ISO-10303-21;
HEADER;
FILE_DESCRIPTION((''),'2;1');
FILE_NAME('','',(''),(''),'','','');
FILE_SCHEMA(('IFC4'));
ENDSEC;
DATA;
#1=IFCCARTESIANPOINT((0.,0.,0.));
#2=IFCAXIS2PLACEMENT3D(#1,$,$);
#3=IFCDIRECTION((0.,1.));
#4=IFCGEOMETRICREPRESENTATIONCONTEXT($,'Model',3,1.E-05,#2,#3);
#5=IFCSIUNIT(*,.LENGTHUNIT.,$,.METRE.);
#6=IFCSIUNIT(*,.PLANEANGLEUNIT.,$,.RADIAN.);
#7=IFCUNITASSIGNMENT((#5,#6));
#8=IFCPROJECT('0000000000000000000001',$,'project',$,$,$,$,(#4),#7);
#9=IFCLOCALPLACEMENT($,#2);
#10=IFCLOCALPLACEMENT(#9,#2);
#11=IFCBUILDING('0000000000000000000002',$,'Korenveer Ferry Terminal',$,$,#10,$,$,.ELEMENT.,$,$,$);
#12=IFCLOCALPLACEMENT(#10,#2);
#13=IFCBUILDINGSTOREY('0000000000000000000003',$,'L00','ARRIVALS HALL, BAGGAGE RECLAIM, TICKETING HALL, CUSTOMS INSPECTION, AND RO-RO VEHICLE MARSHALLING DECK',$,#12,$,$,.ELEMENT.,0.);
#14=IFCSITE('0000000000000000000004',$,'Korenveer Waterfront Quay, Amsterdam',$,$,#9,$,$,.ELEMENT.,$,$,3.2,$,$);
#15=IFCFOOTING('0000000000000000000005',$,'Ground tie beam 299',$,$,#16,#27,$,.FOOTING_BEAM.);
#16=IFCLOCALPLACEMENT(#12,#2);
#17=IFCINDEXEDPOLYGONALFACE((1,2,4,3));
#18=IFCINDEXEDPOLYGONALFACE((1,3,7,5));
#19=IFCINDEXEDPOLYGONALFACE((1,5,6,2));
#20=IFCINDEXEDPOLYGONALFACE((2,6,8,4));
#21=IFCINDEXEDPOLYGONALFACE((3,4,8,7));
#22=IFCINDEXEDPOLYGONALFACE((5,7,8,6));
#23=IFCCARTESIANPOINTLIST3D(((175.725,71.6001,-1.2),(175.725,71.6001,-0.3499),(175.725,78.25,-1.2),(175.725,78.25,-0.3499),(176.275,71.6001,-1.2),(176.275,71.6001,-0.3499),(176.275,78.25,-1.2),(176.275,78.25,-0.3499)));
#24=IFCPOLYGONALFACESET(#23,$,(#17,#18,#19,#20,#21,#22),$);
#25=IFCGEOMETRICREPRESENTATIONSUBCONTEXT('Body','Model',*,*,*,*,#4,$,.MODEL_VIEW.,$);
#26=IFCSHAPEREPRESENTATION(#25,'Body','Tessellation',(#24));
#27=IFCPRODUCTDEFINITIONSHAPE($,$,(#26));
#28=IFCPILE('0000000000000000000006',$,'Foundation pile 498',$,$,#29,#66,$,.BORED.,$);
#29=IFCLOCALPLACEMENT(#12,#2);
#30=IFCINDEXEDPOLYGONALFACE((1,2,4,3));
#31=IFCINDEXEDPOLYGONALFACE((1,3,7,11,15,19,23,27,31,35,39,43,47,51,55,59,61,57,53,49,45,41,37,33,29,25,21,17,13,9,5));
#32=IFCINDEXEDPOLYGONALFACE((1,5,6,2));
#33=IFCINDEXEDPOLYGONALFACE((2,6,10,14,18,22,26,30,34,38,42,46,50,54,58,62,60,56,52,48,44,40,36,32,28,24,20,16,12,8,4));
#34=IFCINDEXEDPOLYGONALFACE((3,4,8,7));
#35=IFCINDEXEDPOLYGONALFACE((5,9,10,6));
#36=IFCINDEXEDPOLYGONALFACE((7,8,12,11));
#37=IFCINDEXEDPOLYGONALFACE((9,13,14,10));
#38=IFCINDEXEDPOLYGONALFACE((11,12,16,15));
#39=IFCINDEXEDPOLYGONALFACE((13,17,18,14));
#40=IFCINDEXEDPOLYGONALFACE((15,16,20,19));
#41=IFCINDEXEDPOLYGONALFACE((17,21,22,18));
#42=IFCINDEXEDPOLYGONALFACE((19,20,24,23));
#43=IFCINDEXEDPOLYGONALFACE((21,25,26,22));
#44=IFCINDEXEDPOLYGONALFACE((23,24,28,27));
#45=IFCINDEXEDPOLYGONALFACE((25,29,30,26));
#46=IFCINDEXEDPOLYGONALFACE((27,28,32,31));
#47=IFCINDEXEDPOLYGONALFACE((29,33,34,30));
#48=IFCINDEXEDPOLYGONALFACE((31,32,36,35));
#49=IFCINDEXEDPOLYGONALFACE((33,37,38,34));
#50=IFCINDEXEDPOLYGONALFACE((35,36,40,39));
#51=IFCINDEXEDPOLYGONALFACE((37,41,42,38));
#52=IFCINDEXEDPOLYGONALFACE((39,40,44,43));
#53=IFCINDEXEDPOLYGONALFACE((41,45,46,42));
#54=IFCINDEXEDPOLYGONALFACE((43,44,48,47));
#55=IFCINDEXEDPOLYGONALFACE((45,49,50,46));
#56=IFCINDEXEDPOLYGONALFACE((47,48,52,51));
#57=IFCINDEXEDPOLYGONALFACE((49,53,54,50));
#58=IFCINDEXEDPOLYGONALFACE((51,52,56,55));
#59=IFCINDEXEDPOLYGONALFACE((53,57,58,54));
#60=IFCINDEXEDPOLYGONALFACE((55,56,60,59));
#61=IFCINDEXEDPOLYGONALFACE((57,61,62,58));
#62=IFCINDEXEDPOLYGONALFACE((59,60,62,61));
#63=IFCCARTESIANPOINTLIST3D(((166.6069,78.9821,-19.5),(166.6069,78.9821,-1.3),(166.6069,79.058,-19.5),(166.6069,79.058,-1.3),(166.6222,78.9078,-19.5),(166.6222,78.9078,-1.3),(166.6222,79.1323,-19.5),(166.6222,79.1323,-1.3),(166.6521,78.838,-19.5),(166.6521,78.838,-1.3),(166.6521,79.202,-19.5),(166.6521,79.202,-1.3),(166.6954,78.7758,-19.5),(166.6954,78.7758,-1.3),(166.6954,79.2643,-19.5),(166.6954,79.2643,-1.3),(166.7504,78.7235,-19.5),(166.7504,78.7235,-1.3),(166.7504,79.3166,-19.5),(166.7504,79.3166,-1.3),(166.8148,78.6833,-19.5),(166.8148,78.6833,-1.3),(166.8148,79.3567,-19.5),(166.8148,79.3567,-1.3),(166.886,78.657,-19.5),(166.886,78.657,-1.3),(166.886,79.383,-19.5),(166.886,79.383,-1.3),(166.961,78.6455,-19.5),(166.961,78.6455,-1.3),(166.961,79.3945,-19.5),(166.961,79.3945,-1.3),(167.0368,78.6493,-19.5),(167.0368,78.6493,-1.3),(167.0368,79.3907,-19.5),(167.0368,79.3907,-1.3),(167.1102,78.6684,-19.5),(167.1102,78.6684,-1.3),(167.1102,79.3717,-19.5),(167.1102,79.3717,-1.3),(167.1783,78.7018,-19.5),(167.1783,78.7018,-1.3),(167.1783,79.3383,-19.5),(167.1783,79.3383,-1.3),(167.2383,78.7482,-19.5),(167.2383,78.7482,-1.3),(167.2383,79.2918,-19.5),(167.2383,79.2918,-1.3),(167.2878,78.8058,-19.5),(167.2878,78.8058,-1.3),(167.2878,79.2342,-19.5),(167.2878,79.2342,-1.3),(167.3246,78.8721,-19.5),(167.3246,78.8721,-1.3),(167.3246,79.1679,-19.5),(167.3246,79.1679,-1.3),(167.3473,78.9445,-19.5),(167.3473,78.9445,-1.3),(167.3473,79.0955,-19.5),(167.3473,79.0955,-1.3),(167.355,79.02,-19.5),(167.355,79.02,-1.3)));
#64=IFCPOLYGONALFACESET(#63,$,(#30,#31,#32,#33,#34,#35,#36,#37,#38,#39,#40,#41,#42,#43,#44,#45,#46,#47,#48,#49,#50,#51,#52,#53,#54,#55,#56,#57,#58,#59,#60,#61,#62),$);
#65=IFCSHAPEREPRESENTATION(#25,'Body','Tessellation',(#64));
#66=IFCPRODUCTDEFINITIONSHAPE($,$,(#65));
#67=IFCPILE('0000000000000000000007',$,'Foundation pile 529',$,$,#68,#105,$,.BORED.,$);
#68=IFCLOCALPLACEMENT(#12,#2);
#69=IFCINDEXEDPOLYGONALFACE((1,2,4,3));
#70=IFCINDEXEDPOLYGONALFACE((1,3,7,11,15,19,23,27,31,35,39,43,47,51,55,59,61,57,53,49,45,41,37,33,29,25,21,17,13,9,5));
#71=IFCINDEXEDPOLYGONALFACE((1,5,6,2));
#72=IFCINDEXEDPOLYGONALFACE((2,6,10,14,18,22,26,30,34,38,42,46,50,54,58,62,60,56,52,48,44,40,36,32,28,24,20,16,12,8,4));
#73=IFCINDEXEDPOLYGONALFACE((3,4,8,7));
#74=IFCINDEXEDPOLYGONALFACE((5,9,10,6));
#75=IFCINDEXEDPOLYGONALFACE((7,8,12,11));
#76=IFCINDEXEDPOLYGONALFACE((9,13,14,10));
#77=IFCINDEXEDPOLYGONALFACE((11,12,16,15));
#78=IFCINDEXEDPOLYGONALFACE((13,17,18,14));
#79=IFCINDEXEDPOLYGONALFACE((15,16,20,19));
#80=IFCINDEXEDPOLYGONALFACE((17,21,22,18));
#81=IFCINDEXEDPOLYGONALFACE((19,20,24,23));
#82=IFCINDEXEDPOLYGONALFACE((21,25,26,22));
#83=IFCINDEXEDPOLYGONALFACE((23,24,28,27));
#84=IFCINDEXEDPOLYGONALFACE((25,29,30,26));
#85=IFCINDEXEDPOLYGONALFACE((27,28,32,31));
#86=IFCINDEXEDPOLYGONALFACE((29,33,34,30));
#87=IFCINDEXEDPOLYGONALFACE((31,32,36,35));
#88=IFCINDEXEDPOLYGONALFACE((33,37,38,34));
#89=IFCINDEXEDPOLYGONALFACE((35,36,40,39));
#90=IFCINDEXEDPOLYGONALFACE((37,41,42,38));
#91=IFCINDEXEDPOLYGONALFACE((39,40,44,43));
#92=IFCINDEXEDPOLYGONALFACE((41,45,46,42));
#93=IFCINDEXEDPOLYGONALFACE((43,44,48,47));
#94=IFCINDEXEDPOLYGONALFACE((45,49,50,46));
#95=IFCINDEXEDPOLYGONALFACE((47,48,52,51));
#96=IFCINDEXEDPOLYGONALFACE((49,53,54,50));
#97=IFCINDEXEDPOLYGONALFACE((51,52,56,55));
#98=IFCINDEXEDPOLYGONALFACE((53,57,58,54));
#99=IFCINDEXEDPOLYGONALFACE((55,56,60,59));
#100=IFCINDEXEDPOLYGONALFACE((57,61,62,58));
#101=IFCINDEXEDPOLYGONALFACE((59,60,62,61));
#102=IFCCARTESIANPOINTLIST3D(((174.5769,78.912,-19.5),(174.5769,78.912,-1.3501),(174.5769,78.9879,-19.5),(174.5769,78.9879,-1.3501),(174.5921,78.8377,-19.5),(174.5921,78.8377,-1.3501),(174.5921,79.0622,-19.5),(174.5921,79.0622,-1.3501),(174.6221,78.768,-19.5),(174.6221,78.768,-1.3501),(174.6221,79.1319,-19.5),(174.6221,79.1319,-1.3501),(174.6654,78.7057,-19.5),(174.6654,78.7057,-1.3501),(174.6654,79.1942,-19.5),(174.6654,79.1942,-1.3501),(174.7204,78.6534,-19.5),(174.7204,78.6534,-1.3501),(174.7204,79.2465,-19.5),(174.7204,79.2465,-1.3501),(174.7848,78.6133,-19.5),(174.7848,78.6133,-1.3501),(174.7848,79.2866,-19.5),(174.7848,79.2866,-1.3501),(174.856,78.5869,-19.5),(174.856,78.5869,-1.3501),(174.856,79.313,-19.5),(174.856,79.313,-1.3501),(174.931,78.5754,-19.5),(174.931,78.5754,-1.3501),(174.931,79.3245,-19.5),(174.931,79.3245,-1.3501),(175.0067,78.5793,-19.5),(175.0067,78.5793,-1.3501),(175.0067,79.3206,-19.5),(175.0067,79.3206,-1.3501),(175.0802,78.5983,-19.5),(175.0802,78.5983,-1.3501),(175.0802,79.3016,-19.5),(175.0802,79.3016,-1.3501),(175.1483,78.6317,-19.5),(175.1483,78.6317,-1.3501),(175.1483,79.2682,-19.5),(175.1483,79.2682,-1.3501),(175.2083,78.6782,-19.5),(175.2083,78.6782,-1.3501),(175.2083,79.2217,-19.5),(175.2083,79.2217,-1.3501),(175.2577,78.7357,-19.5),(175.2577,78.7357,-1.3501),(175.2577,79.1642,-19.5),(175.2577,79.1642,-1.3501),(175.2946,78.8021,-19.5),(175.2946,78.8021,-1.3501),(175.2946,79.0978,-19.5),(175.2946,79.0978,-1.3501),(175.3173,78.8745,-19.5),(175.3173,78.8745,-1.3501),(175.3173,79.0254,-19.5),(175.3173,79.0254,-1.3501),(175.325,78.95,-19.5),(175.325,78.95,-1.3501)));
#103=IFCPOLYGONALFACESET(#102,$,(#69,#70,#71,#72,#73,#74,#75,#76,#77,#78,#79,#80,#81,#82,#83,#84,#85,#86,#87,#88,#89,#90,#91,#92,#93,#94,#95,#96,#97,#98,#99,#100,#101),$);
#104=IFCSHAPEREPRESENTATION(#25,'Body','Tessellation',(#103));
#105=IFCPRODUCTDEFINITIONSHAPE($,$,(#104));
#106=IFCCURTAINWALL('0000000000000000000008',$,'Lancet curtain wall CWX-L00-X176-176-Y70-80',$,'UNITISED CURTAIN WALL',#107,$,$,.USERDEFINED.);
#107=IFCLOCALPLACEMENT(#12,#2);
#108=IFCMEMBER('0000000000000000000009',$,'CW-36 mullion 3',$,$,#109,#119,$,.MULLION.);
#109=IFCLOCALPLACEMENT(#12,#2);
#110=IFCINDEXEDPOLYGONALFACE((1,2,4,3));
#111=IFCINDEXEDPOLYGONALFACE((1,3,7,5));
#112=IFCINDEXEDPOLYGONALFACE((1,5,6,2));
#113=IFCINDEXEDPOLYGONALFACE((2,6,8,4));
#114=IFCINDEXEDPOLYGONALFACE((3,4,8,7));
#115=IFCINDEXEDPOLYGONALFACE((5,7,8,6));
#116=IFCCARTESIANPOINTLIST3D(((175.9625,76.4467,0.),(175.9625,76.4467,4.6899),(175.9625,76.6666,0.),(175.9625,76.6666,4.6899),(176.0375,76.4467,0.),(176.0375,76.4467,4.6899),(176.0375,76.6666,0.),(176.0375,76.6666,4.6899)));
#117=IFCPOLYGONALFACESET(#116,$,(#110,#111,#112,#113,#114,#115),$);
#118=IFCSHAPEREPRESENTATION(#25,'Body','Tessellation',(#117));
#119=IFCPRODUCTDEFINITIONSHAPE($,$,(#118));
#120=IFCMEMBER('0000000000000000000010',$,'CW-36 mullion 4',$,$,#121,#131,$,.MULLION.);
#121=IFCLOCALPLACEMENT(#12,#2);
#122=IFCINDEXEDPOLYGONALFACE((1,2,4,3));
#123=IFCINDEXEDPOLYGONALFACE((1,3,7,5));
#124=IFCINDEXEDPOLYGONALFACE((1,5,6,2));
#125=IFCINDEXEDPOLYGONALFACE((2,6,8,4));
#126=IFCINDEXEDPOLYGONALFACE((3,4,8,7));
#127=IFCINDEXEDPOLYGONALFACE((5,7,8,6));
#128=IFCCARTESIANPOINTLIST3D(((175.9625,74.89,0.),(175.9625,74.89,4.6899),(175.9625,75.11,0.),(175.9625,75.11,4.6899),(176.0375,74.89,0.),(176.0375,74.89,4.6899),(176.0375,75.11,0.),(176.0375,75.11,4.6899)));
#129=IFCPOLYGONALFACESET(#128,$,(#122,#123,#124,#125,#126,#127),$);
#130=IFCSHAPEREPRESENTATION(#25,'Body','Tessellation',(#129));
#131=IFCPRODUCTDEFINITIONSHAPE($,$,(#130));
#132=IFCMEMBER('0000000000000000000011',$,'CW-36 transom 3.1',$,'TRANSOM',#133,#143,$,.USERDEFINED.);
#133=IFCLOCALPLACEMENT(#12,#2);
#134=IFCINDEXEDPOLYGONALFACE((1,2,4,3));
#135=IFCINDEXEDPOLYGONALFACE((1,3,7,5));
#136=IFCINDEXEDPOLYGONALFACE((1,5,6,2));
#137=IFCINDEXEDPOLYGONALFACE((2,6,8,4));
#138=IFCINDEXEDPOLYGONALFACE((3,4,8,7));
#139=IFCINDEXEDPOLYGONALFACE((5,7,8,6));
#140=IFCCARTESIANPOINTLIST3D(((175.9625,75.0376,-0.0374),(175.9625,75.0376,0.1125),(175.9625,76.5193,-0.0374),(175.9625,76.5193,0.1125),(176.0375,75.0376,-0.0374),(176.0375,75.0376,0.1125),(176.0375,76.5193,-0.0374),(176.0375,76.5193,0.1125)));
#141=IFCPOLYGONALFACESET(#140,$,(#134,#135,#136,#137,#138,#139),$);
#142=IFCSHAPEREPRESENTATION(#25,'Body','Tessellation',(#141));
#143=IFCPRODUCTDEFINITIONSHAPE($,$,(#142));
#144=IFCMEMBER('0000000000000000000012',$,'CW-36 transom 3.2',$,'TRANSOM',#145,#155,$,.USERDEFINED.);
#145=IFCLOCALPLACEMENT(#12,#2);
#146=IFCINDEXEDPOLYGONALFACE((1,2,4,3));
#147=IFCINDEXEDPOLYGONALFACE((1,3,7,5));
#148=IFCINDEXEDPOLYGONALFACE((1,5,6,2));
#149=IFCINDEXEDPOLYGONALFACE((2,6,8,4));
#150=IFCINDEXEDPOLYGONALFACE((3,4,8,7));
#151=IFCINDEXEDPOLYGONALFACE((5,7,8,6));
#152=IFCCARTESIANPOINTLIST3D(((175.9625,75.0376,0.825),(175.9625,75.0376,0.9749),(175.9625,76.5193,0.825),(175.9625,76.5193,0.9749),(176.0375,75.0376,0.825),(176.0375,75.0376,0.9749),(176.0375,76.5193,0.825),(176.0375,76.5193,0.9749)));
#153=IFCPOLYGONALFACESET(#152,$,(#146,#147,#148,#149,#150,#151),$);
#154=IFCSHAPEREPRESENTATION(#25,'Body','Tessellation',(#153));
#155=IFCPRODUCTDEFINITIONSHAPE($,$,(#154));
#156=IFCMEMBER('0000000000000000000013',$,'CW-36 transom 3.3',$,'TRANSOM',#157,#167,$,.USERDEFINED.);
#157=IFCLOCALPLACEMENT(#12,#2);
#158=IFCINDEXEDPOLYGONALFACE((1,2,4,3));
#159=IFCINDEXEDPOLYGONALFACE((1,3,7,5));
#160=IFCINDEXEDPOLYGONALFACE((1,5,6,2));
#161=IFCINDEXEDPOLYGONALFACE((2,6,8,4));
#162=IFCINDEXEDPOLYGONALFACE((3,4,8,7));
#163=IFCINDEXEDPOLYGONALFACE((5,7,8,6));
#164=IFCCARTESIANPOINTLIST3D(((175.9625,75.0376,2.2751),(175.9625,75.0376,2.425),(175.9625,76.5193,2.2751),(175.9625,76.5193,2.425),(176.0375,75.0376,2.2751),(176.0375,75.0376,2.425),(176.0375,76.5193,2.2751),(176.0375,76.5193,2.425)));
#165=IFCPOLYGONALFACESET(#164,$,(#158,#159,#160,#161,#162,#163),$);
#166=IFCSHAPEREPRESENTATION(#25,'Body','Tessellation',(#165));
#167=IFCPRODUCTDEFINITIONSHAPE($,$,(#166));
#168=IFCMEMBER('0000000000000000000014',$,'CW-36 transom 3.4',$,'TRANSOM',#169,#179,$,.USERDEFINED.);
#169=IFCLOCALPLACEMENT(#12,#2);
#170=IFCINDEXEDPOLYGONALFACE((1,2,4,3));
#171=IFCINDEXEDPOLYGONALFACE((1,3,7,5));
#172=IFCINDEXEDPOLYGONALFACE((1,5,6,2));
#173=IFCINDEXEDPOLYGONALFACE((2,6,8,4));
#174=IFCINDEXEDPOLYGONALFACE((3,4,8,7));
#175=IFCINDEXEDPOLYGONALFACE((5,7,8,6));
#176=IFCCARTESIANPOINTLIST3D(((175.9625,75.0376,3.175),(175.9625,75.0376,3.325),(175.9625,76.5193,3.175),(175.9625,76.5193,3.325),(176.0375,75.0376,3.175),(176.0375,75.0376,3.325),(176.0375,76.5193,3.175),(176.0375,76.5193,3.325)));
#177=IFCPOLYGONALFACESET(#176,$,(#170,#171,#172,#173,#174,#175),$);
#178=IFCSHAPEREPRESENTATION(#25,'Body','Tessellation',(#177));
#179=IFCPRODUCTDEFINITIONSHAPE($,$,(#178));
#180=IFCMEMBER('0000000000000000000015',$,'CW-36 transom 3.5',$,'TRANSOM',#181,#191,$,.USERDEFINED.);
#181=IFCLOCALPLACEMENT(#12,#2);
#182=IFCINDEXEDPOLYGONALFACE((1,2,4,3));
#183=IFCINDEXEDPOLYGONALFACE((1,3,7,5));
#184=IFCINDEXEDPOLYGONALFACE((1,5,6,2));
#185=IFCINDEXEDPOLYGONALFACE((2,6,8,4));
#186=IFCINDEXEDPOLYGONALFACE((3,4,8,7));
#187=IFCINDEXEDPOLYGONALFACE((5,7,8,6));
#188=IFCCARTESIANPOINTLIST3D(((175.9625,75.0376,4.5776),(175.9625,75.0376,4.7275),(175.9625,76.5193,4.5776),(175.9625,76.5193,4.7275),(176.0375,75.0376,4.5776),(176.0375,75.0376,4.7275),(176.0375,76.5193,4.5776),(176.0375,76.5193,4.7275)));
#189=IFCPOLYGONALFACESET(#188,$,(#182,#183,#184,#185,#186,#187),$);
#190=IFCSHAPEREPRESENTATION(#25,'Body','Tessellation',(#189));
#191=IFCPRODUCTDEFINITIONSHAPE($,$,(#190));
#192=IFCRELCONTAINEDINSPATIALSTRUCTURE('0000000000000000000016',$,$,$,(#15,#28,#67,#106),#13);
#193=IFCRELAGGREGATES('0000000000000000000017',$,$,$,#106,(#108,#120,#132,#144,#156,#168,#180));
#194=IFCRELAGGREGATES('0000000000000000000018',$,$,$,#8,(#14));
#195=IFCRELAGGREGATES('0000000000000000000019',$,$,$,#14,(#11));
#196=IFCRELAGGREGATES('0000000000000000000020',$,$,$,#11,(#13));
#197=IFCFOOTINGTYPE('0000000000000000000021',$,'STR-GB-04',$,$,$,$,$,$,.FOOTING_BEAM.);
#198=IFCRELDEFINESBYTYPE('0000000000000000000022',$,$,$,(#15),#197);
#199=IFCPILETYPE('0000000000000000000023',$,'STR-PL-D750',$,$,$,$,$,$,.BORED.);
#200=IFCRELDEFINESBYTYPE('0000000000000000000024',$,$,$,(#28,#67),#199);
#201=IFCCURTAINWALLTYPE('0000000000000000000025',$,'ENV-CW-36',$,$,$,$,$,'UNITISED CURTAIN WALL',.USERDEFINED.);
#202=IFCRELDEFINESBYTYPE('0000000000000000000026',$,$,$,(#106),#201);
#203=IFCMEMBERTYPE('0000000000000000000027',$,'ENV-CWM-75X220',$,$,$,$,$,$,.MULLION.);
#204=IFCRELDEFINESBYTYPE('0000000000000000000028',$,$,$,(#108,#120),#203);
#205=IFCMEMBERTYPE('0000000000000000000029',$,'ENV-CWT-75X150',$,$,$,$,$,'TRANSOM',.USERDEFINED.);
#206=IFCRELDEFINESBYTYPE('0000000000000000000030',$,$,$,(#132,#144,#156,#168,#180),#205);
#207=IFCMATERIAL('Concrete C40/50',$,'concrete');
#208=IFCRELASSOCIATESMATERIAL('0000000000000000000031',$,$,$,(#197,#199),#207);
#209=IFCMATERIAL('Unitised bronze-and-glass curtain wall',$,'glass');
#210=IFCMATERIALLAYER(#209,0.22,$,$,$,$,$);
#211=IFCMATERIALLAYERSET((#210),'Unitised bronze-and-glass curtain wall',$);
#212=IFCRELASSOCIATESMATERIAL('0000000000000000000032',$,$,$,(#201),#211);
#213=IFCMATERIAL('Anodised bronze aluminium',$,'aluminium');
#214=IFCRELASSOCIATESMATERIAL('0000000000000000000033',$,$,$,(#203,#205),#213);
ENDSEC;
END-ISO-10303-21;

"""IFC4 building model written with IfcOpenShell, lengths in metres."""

from ifc_helpers import new_model, si_unit, direction, frame, origin, origin_2d, place, context, subcontext, project, spatial, rectangle, circle, extrude, material, layer, layer_set, material_profile, profile_set, type_object, element, aggregate, save


model = new_model("IFC4")

# Units and contexts
model_context = context("Model", 3, precision=1e-05, world=origin(), true_north=direction((0.0, 1.0)))
body_context = subcontext(model_context, "Body", "Model", "MODEL_VIEW")
ifc_project = project(units=[si_unit("LENGTHUNIT", "METRE"), si_unit("PLANEANGLEUNIT", "RADIAN")], contexts=[model_context])

# Site, building, storey
site_placement = place(None, origin())
site = spatial("IfcSite", under=ifc_project, at=site_placement, Name="Korenveer Waterfront Quay, Amsterdam", CompositionType="ELEMENT", RefElevation=3.2)
building_placement = place(site_placement, origin())
building = spatial("IfcBuilding", under=site, at=building_placement, Name="Korenveer Ferry Terminal", CompositionType="ELEMENT")
storey_placement = place(building_placement, origin())
storey = spatial("IfcBuildingStorey", under=building, at=storey_placement, Name="L00", Description="ARRIVALS HALL, BAGGAGE RECLAIM, TICKETING HALL, CUSTOMS INSPECTION, AND RO-RO VEHICLE MARSHALLING DECK", CompositionType="ELEMENT", Elevation=0.0)

# Footing
ifc_material_1 = material(Name="Concrete C40/50", Category="concrete")
footing_type = type_object("IfcFootingType", Name="STR-GB-04", PredefinedType="FOOTING_BEAM", material=ifc_material_1)
footing_placement = place(storey_placement, frame((176.0, 74.925, -1.2), z_axis=(0.0, 0.0, 1.0), x_axis=(1.0, 0.0, 0.0)))
element("IfcFooting", 1, at=footing_placement, inside=storey, type_object=footing_type, Name="Ground tie beam 299", PredefinedType="FOOTING_BEAM", context=body_context, shape_type="SweptSolid", body=[
    extrude(rectangle(XDim=0.55, YDim=6.6499, at=origin_2d()), origin(), (0.0, 0.0, 1.0), 0.8501),
])

# Piles
ifc_material_profile_1 = material_profile(ifc_material_1, circle(Radius=0.375, at=origin_2d()), Name="PILE D750")
ifc_profile_set_1 = profile_set([ifc_material_profile_1], Name="Concrete C40/50")
pile_type = type_object("IfcPileType", Name="STR-PL-D750", PredefinedType="BORED", material=ifc_profile_set_1)
pile_1_placement = place(storey_placement, frame((166.98, 79.02, -1.3), z_axis=(0.0, 0.0, -1.0), x_axis=(1.0, 0.0, 0.0)))
element("IfcPile", 2, at=pile_1_placement, inside=storey, type_object=pile_type, Name="Foundation pile 498", PredefinedType="BORED", context=body_context, shape_type="SweptSolid", body=[
    extrude(circle(Radius=0.375, at=origin_2d()), origin(), (0.0, 0.0, 1.0), 18.2),
])
pile_2_placement = place(storey_placement, frame((174.95, 78.95, -1.3501), z_axis=(0.0, 0.0, -1.0), x_axis=(1.0, 0.0, 0.0)))
element("IfcPile", 3, at=pile_2_placement, inside=storey, type_object=pile_type, Name="Foundation pile 529", PredefinedType="BORED", context=body_context, shape_type="SweptSolid", body=[
    extrude(circle(Radius=0.375, at=origin_2d()), origin(), (0.0, 0.0, 1.0), 18.1499),
])

# Curtain wall, members
ifc_material_2 = material(Name="Unitised bronze-and-glass curtain wall", Category="glass")
ifc_layer_1 = layer(ifc_material_2, 0.22)
ifc_layer_set_1 = layer_set([ifc_layer_1], Name="Unitised bronze-and-glass curtain wall")
curtain_wall_type = type_object("IfcCurtainWallType", Name="ENV-CW-36", ElementType="UNITISED CURTAIN WALL", PredefinedType="USERDEFINED", material=ifc_layer_set_1)
curtain_wall_placement = place(storey_placement, frame((176.0, 79.6699, 0.0)))
curtain_wall = element("IfcCurtainWall", 4, at=curtain_wall_placement, inside=storey, type_object=curtain_wall_type, Name="Lancet curtain wall CWX-L00-X176-176-Y70-80", ObjectType="UNITISED CURTAIN WALL", PredefinedType="USERDEFINED")
ifc_material_3 = material(Name="Anodised bronze aluminium", Category="aluminium")
ifc_material_profile_2 = material_profile(ifc_material_3, rectangle(XDim=0.075, YDim=0.22, at=origin_2d()), Name="ALU 75x220")
ifc_profile_set_2 = profile_set([ifc_material_profile_2], Name="Anodised bronze aluminium")
member_type_1 = type_object("IfcMemberType", Name="ENV-CWM-75X220", PredefinedType="MULLION", material=ifc_profile_set_2)
member_1_placement = place(storey_placement, frame((176.0, 76.5566, 0.0), z_axis=(0.0, 0.0, 1.0), x_axis=(1.0, 0.0, 0.0)))
member_1 = element("IfcMember", 5, at=member_1_placement, type_object=member_type_1, Name="CW-36 mullion 3", PredefinedType="MULLION", context=body_context, shape_type="SweptSolid", body=[
    extrude(rectangle(XDim=0.075, YDim=0.22, at=origin_2d()), origin(), (0.0, 0.0, 1.0), 4.6899),
])
member_2_placement = place(storey_placement, frame((176.0, 75.0, 0.0), z_axis=(0.0, 0.0, 1.0), x_axis=(1.0, 0.0, 0.0)))
member_2 = element("IfcMember", 6, at=member_2_placement, type_object=member_type_1, Name="CW-36 mullion 4", PredefinedType="MULLION", context=body_context, shape_type="SweptSolid", body=[
    extrude(rectangle(XDim=0.075, YDim=0.22, at=origin_2d()), origin(), (0.0, 0.0, 1.0), 4.6899),
])
ifc_material_profile_3 = material_profile(ifc_material_3, rectangle(XDim=0.075, YDim=0.1499, at=origin_2d()), Name="ALU 75x150")
ifc_profile_set_3 = profile_set([ifc_material_profile_3], Name="Anodised bronze aluminium")
member_type_2 = type_object("IfcMemberType", Name="ENV-CWT-75X150", ElementType="TRANSOM", PredefinedType="USERDEFINED", material=ifc_profile_set_3)
member_3_placement = place(storey_placement, frame((176.0, 76.5193, 0.0376), z_axis=(0.0, -1.0, 0.0), x_axis=(1.0, 0.0, 0.0)))
member_3 = element("IfcMember", 7, at=member_3_placement, type_object=member_type_2, Name="CW-36 transom 3.1", ObjectType="TRANSOM", PredefinedType="USERDEFINED", context=body_context, shape_type="SweptSolid", body=[
    extrude(rectangle(XDim=0.075, YDim=0.1499, at=origin_2d()), origin(), (0.0, 0.0, 1.0), 1.4817),
])
member_4_placement = place(storey_placement, frame((176.0, 76.5193, 0.8999), z_axis=(0.0, -1.0, 0.0), x_axis=(1.0, 0.0, 0.0)))
member_4 = element("IfcMember", 8, at=member_4_placement, type_object=member_type_2, Name="CW-36 transom 3.2", ObjectType="TRANSOM", PredefinedType="USERDEFINED", context=body_context, shape_type="SweptSolid", body=[
    extrude(rectangle(XDim=0.075, YDim=0.1499, at=origin_2d()), origin(), (0.0, 0.0, 1.0), 1.4817),
])
member_5_placement = place(storey_placement, frame((176.0, 76.5193, 2.3501), z_axis=(0.0, -1.0, 0.0), x_axis=(1.0, 0.0, 0.0)))
member_5 = element("IfcMember", 9, at=member_5_placement, type_object=member_type_2, Name="CW-36 transom 3.3", ObjectType="TRANSOM", PredefinedType="USERDEFINED", context=body_context, shape_type="SweptSolid", body=[
    extrude(rectangle(XDim=0.075, YDim=0.1499, at=origin_2d()), origin(), (0.0, 0.0, 1.0), 1.4817),
])
member_6_placement = place(storey_placement, frame((176.0, 76.5193, 3.25), z_axis=(0.0, -1.0, 0.0), x_axis=(1.0, 0.0, 0.0)))
member_6 = element("IfcMember", 10, at=member_6_placement, type_object=member_type_2, Name="CW-36 transom 3.4", ObjectType="TRANSOM", PredefinedType="USERDEFINED", context=body_context, shape_type="SweptSolid", body=[
    extrude(rectangle(XDim=0.075, YDim=0.1499, at=origin_2d()), origin(), (0.0, 0.0, 1.0), 1.4817),
])
member_7_placement = place(storey_placement, frame((176.0, 76.5193, 4.6526), z_axis=(0.0, -1.0, 0.0), x_axis=(1.0, 0.0, 0.0)))
member_7 = element("IfcMember", 11, at=member_7_placement, type_object=member_type_2, Name="CW-36 transom 3.5", ObjectType="TRANSOM", PredefinedType="USERDEFINED", context=body_context, shape_type="SweptSolid", body=[
    extrude(rectangle(XDim=0.075, YDim=0.1499, at=origin_2d()), origin(), (0.0, 0.0, 1.0), 1.4817),
])
aggregate(curtain_wall, [member_1, member_2, member_3, member_4, member_5, member_6, member_7])

save(model, "model.ifc")
